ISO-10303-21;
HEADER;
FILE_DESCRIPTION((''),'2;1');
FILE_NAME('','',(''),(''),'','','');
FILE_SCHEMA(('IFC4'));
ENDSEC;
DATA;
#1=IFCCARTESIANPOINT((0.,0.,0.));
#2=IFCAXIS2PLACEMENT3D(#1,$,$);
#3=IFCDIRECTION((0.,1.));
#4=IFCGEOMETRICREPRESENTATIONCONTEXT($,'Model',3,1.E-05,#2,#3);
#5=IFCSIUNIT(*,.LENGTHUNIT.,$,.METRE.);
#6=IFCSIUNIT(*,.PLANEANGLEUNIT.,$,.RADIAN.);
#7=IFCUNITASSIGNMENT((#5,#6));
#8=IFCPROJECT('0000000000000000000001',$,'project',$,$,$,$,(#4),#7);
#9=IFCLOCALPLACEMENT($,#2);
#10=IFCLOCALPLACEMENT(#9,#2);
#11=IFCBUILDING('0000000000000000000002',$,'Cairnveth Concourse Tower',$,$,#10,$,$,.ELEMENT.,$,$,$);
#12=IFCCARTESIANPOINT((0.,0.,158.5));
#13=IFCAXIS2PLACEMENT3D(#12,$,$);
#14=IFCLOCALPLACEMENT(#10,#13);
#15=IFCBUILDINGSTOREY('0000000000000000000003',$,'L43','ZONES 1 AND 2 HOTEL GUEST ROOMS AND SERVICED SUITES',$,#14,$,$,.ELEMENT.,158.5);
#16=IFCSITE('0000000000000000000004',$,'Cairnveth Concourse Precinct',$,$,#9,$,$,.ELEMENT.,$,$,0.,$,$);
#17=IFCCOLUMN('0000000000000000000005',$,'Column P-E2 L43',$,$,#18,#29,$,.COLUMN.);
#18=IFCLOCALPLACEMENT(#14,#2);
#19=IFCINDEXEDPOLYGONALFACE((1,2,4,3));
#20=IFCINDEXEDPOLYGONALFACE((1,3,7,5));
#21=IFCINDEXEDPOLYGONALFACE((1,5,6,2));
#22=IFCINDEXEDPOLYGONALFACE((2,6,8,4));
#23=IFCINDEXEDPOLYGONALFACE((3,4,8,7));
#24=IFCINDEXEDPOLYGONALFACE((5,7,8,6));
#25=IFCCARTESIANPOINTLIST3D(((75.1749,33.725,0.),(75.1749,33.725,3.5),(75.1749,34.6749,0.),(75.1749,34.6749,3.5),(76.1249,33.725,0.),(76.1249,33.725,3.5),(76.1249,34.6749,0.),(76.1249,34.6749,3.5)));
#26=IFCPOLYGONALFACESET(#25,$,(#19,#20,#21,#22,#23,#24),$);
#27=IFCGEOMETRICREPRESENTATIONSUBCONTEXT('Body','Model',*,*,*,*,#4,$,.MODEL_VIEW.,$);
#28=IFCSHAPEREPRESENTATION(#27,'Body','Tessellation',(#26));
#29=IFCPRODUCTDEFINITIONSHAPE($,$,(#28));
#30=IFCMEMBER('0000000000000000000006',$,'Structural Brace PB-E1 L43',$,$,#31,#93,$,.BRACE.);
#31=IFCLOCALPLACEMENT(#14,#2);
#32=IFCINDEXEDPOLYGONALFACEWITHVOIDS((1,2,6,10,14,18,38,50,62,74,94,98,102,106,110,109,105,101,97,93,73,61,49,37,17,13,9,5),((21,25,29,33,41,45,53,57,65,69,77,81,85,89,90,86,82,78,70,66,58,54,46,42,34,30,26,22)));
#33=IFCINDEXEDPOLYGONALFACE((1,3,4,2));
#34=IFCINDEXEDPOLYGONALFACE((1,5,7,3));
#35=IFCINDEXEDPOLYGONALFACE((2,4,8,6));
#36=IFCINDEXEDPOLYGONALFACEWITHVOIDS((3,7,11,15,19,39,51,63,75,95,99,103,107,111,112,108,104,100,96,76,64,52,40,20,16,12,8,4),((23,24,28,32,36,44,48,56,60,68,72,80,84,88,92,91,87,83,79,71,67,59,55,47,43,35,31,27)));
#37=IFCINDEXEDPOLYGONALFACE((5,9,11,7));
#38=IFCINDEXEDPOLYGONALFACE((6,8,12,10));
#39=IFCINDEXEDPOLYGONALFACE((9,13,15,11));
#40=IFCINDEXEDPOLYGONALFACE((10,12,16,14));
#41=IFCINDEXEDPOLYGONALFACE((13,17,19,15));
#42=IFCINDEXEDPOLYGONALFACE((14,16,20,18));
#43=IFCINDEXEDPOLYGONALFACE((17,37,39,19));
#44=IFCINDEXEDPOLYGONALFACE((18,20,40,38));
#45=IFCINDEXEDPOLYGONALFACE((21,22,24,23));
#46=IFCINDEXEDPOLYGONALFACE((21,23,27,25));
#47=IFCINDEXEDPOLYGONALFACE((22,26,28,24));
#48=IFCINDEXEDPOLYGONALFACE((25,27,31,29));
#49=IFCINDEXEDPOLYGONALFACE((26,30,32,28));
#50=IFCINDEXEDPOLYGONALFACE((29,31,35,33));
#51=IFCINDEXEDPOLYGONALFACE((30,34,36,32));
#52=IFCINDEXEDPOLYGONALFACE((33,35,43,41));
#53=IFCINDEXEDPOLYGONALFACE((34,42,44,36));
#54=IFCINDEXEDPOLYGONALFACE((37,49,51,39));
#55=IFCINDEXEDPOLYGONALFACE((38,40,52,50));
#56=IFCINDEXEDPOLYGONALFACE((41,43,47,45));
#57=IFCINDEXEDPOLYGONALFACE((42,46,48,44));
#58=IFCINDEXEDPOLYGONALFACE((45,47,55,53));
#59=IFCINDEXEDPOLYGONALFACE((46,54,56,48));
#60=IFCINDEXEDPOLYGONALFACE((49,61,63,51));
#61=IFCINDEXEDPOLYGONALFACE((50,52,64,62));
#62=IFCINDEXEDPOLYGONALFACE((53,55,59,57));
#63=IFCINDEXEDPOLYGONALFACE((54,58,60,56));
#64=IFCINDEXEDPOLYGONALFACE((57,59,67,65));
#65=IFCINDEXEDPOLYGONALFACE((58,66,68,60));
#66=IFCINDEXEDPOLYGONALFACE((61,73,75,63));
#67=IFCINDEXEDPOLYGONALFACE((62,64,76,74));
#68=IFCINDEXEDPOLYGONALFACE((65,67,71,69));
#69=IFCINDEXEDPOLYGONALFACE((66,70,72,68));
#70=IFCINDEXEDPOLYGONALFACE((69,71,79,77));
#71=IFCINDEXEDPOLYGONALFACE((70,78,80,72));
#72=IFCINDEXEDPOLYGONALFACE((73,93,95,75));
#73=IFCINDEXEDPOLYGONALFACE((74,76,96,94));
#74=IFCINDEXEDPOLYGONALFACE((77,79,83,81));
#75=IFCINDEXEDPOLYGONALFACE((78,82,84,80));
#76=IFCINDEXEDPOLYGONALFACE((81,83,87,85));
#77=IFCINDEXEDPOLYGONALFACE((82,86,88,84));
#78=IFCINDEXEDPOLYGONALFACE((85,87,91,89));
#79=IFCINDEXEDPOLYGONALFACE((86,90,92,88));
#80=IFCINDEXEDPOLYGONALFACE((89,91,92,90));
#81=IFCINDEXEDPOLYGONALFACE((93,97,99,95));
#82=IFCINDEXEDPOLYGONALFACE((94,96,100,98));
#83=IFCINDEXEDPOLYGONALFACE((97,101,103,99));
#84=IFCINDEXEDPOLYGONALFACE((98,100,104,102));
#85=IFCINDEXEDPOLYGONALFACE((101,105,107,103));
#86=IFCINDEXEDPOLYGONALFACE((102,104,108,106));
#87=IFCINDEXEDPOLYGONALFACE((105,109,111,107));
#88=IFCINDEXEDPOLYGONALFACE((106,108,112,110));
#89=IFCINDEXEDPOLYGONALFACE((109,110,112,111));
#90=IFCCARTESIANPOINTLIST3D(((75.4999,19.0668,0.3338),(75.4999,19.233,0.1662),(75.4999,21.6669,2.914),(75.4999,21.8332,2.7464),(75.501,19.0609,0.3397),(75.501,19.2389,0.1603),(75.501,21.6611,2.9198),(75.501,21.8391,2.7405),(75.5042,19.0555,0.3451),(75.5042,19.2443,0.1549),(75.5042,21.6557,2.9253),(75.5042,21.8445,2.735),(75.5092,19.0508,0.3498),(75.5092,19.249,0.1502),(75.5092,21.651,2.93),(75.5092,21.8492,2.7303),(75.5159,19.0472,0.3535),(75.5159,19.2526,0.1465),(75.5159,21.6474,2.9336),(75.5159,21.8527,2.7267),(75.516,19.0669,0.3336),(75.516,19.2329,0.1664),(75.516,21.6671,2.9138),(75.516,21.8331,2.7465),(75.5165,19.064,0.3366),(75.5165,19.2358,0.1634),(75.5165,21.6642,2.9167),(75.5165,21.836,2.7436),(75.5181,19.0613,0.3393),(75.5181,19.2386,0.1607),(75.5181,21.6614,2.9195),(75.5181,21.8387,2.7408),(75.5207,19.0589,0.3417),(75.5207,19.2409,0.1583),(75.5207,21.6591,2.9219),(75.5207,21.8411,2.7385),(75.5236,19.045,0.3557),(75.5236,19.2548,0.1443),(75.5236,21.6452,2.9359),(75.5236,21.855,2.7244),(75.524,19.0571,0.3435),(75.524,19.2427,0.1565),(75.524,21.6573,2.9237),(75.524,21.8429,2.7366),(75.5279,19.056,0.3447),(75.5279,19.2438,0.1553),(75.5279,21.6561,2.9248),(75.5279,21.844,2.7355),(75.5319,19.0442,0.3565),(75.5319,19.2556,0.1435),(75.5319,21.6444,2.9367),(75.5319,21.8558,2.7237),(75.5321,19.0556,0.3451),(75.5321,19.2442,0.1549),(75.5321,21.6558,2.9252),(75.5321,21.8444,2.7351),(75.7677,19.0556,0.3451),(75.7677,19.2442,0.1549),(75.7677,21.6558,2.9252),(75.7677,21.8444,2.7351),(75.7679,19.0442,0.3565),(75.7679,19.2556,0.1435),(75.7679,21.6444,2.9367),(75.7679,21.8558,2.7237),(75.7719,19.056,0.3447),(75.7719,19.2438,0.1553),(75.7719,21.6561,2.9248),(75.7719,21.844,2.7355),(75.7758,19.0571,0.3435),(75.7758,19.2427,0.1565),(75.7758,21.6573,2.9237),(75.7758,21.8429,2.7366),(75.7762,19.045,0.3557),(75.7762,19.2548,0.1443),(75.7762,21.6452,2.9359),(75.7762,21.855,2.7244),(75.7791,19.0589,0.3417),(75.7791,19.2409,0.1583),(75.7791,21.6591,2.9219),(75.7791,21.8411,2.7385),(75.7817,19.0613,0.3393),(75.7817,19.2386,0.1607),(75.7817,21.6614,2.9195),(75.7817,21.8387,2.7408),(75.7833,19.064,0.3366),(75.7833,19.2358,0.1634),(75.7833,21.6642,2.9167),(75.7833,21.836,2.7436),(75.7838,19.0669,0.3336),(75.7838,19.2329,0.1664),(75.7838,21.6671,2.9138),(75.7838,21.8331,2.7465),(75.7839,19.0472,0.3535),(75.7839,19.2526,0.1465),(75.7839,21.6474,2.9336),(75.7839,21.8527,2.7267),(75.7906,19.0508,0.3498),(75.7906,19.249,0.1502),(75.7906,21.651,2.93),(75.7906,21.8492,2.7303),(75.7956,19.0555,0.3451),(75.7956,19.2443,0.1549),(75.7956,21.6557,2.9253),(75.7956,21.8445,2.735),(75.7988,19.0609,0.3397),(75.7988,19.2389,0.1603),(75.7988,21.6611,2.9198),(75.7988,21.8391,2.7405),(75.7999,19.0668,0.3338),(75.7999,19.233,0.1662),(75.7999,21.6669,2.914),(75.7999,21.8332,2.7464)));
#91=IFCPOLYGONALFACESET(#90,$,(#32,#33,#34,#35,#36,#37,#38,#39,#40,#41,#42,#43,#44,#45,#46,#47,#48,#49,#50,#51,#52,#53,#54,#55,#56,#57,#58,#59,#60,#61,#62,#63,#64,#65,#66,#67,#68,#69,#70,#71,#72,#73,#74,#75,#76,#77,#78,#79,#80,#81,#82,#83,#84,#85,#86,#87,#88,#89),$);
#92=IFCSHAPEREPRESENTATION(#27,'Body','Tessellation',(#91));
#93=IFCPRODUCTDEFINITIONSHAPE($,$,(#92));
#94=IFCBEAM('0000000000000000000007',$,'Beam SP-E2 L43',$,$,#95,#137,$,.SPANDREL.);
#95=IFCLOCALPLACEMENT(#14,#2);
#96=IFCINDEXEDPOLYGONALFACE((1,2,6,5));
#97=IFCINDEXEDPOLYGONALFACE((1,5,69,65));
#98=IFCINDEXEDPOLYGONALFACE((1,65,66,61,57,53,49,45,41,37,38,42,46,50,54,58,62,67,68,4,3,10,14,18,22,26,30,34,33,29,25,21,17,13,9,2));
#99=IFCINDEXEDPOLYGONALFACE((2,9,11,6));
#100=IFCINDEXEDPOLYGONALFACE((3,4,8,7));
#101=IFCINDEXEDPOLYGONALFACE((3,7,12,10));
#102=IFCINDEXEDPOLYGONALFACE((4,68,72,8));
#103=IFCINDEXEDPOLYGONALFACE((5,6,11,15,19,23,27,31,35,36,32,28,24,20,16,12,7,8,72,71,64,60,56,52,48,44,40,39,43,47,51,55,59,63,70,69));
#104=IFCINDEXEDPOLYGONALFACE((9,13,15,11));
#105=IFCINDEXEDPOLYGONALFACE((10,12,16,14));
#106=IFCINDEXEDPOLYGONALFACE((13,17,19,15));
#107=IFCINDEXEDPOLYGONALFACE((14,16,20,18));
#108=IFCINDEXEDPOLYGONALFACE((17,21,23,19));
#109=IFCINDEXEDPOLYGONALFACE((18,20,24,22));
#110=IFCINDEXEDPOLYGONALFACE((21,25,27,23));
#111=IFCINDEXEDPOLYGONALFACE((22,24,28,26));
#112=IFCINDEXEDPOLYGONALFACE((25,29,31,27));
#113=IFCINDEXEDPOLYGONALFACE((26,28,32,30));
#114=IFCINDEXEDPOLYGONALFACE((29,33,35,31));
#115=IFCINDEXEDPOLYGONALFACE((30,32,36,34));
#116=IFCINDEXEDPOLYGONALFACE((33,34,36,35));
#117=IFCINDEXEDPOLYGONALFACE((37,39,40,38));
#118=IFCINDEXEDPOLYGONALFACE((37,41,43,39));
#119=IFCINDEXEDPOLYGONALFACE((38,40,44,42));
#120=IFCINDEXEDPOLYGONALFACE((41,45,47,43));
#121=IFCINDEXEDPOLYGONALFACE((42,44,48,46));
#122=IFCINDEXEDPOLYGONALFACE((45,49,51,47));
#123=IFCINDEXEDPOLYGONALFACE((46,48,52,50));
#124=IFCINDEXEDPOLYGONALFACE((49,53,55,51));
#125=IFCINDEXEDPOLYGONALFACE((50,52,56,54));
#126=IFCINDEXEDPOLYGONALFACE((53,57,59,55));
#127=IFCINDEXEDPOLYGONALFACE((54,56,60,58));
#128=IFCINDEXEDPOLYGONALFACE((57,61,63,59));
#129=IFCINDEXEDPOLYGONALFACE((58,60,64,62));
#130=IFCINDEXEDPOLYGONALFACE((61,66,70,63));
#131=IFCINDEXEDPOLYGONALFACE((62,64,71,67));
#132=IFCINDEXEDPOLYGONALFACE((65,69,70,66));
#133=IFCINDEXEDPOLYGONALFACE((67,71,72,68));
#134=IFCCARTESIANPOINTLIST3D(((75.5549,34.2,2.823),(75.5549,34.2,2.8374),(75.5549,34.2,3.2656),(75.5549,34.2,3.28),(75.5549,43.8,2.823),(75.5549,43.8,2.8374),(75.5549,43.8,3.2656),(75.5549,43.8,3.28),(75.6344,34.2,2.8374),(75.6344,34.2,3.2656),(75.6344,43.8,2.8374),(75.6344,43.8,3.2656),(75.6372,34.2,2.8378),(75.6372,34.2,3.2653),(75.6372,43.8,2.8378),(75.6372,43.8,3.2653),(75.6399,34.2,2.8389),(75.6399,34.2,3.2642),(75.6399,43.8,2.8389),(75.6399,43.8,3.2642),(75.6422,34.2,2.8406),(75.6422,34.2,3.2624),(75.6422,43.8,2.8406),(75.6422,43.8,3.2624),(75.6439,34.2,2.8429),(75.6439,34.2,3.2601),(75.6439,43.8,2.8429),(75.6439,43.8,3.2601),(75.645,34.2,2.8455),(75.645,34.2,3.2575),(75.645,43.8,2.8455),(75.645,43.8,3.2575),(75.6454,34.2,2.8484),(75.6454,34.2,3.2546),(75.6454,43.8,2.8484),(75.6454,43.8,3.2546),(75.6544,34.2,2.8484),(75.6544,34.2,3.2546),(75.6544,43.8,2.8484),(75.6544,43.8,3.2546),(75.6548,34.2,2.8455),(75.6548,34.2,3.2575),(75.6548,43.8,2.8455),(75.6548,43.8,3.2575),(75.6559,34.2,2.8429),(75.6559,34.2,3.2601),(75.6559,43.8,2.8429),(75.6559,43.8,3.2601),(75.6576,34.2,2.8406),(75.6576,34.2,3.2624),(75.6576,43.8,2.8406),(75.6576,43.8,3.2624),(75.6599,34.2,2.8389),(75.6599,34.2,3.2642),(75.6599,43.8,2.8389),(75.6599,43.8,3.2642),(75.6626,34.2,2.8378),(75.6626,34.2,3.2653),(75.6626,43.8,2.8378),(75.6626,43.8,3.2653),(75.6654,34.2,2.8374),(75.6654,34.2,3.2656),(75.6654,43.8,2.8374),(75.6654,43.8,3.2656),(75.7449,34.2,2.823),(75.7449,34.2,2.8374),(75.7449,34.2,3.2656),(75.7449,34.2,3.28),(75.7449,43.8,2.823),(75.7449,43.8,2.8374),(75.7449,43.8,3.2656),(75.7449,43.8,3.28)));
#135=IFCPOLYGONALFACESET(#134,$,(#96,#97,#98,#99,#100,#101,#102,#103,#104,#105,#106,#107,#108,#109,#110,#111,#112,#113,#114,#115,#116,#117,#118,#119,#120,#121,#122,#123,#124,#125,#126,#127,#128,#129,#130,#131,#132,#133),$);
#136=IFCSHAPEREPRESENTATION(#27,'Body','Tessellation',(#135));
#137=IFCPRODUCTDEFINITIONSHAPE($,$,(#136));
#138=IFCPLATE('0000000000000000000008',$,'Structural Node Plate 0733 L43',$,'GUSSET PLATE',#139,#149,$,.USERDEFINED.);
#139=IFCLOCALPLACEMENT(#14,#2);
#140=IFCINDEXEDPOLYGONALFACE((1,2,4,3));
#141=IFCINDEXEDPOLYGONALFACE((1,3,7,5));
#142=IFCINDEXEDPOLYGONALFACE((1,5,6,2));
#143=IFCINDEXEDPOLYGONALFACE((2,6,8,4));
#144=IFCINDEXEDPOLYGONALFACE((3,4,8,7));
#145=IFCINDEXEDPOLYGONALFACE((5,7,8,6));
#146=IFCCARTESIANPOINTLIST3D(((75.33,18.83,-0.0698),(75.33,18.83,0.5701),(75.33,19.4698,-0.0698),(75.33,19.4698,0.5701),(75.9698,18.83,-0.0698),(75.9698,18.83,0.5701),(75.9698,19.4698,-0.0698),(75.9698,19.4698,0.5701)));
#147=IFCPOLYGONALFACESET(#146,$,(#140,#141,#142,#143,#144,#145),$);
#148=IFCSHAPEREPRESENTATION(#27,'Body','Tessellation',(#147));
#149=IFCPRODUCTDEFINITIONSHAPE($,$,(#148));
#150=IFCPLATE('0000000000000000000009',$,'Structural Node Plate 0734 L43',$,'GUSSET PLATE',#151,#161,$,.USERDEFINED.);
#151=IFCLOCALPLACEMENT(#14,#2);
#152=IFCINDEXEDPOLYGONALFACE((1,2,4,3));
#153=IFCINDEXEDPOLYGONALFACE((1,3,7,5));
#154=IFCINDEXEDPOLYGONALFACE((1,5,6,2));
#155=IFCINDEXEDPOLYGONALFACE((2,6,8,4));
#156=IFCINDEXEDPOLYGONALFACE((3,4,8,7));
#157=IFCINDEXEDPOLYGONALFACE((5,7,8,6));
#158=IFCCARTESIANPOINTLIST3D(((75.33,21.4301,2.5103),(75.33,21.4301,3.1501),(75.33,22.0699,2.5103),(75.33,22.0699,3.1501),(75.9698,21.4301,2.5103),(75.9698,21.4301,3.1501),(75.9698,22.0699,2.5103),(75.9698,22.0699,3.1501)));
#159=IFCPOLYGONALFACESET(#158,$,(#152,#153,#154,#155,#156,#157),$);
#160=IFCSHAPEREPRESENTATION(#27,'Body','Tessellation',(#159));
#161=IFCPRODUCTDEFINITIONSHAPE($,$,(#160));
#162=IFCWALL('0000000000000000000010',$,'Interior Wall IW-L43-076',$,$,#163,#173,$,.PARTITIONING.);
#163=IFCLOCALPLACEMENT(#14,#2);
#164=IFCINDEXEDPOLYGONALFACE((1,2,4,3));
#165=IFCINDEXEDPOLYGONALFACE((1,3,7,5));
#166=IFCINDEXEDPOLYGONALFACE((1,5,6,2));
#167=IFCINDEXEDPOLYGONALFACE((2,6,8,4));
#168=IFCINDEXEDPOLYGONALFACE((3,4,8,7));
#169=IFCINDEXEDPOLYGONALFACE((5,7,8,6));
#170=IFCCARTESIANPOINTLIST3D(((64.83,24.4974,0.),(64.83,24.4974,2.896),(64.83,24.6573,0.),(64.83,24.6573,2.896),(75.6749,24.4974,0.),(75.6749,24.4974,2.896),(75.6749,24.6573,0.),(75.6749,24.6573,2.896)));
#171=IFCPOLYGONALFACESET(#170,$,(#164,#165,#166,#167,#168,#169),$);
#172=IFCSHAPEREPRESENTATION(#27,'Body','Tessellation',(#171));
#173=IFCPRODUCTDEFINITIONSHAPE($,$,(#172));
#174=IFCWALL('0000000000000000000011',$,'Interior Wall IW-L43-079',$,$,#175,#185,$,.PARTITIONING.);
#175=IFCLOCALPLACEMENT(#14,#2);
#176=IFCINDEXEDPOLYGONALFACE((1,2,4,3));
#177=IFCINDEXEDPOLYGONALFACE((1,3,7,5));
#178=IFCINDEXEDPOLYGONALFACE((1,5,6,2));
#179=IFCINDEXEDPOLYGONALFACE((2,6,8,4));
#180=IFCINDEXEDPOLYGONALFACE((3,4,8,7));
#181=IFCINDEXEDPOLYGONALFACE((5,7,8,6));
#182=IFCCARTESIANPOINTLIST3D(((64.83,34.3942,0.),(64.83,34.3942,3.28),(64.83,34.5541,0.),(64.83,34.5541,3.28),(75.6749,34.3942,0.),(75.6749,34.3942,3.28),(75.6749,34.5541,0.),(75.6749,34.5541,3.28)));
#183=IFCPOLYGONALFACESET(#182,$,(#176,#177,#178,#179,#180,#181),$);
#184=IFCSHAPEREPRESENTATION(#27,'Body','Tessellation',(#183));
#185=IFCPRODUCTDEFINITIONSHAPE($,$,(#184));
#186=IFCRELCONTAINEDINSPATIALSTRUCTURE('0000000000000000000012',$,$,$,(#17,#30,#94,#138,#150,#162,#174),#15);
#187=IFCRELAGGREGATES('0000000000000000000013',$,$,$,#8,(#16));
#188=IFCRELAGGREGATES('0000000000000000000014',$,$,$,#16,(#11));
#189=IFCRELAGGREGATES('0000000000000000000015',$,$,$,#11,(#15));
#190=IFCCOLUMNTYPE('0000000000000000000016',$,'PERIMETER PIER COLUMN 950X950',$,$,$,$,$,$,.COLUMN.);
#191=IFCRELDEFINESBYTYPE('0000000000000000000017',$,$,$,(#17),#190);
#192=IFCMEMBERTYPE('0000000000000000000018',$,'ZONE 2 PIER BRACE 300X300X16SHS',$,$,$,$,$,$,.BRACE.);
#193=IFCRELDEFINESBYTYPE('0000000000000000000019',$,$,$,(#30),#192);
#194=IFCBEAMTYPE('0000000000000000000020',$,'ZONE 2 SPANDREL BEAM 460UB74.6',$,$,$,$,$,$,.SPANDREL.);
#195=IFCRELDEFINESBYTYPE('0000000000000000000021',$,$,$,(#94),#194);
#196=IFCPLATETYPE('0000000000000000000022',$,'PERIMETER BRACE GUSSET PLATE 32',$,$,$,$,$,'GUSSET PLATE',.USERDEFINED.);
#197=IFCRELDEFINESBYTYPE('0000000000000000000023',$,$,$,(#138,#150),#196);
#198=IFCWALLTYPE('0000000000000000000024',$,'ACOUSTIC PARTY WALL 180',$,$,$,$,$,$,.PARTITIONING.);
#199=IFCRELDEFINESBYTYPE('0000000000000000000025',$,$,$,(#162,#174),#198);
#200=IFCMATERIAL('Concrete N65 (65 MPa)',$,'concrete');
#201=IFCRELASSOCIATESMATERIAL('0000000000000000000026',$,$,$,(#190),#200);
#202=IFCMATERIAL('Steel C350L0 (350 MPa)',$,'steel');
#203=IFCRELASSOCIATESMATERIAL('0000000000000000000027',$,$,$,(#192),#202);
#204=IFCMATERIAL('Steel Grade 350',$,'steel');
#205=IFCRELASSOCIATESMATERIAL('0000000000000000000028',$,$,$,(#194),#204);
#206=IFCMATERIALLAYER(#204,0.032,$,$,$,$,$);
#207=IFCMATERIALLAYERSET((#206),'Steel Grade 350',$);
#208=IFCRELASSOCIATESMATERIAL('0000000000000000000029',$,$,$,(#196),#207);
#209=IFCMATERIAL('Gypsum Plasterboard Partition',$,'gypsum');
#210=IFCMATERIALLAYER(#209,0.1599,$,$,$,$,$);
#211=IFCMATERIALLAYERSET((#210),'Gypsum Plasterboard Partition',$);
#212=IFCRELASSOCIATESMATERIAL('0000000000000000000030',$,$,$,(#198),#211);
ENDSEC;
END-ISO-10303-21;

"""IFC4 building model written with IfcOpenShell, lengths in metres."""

from ifc_helpers import new_model, si_unit, direction, frame, frame_2d, origin, origin_2d, place, context, subcontext, project, spatial, rectangle, hollow_rectangle, i_section, extrude, material, layer, layer_set, material_profile, profile_set, type_object, element, save


model = new_model("IFC4")

# Units and contexts
model_context = context("Model", 3, precision=1e-05, world=origin(), true_north=direction((0.0, 1.0)))
body_context = subcontext(model_context, "Body", "Model", "MODEL_VIEW")
ifc_project = project(units=[si_unit("LENGTHUNIT", "METRE"), si_unit("PLANEANGLEUNIT", "RADIAN")], contexts=[model_context])

# Site, building, storey
site_placement = place(None, origin())
site = spatial("IfcSite", under=ifc_project, at=site_placement, Name="Cairnveth Concourse Precinct", CompositionType="ELEMENT", RefElevation=0.0)
building_placement = place(site_placement, origin())
building = spatial("IfcBuilding", under=site, at=building_placement, Name="Cairnveth Concourse Tower", CompositionType="ELEMENT")
storey_placement = place(building_placement, frame((0.0, 0.0, 158.5)))
storey = spatial("IfcBuildingStorey", under=building, at=storey_placement, Name="L43", Description="ZONES 1 AND 2 HOTEL GUEST ROOMS AND SERVICED SUITES", CompositionType="ELEMENT", Elevation=158.5)

# Column
ifc_material_1 = material(Name="Concrete N65 (65 MPa)", Category="concrete")
ifc_material_profile_1 = material_profile(ifc_material_1, rectangle(XDim=0.95, YDim=0.95, at=origin_2d()), Name="RC-COL-950x950")
ifc_profile_set_1 = profile_set([ifc_material_profile_1], Name="Concrete N65 (65 MPa)")
column_type = type_object("IfcColumnType", Name="PERIMETER PIER COLUMN 950X950", PredefinedType="COLUMN", material=ifc_profile_set_1)
column_placement = place(storey_placement, frame((75.6499, 34.2, 0.0), z_axis=(0.0, 0.0, 1.0), x_axis=(0.0, 1.0, 0.0)))
element("IfcColumn", 1, at=column_placement, inside=storey, type_object=column_type, Name="Column P-E2 L43", PredefinedType="COLUMN", context=body_context, shape_type="SweptSolid", body=[
    extrude(rectangle(XDim=0.95, YDim=0.95, at=origin_2d()), origin(), (0.0, 0.0, 1.0), 3.5),
])

# Member
ifc_material_2 = material(Name="Steel C350L0 (350 MPa)", Category="steel")
ifc_material_profile_2 = material_profile(ifc_material_2, hollow_rectangle(XDim=0.3, YDim=0.3, WallThickness=0.0161, InnerFilletRadius=0.0161, OuterFilletRadius=0.032, at=origin_2d()), Name="300x300x16.0SHS")
ifc_profile_set_2 = profile_set([ifc_material_profile_2], Name="Steel C350L0 (350 MPa)")
member_type = type_object("IfcMemberType", Name="ZONE 2 PIER BRACE 300X300X16SHS", PredefinedType="BRACE", material=ifc_profile_set_2)
member_placement = place(storey_placement, frame((75.6499, 19.1499, 0.25), z_axis=(0.0, 0.709834, 0.704369), x_axis=(-1.0, 0.0, 0.0)))
element("IfcMember", 2, at=member_placement, inside=storey, type_object=member_type, Name="Structural Brace PB-E1 L43", PredefinedType="BRACE", context=body_context, shape_type="SweptSolid", body=[
    extrude(hollow_rectangle(XDim=0.3, YDim=0.3, WallThickness=0.0161, InnerFilletRadius=0.0161, OuterFilletRadius=0.032, at=origin_2d()), origin(), (0.0, 0.0, 1.0), 3.6631),
])

# Beam
ifc_material_3 = material(Name="Steel Grade 350", Category="steel")
ifc_material_profile_3 = material_profile(ifc_material_3, i_section(OverallWidth=0.1899, OverallDepth=0.457, WebThickness=0.009, FlangeThickness=0.0144, FilletRadius=0.011, at=origin_2d()), Name="460UB74.6")
ifc_profile_set_3 = profile_set([ifc_material_profile_3], Name="Steel Grade 350")
beam_type = type_object("IfcBeamType", Name="ZONE 2 SPANDREL BEAM 460UB74.6", PredefinedType="SPANDREL", material=ifc_profile_set_3)
beam_placement = place(storey_placement, frame((75.6499, 34.2, 3.0515), z_axis=(0.0, 1.0, 0.0), x_axis=(-1.0, 0.0, 0.0)))
element("IfcBeam", 3, at=beam_placement, inside=storey, type_object=beam_type, Name="Beam SP-E2 L43", PredefinedType="SPANDREL", context=body_context, shape_type="SweptSolid", body=[
    extrude(i_section(OverallWidth=0.1899, OverallDepth=0.457, WebThickness=0.009, FlangeThickness=0.0144, FilletRadius=0.011, at=origin_2d()), origin(), (0.0, 0.0, 1.0), 9.6001),
])

# Plates
ifc_layer_1 = layer(ifc_material_3, 0.032)
ifc_layer_set_1 = layer_set([ifc_layer_1], Name="Steel Grade 350")
plate_type = type_object("IfcPlateType", Name="PERIMETER BRACE GUSSET PLATE 32", ElementType="GUSSET PLATE", PredefinedType="USERDEFINED", material=ifc_layer_set_1)
for number, where, z_axis, x_axis, name in (
    (4, (75.6499, 19.1499, -0.0698), (0.0, 0.0, 1.0), (1.0, 0.0, 0.0), "Structural Node Plate 0733 L43"),
    (5, (75.6499, 21.75, 2.5103), (0.0, 0.0, 1.0), (1.0, 0.0, 0.0), "Structural Node Plate 0734 L43"),
):
    element("IfcPlate", number, at=place(storey_placement, frame(where, z_axis=z_axis, x_axis=x_axis)), inside=storey, type_object=plate_type, Name=name, ObjectType="GUSSET PLATE", PredefinedType="USERDEFINED", context=body_context, shape_type="SweptSolid", body=[
        extrude(rectangle(XDim=0.6399, YDim=0.6399, at=origin_2d()), origin(), (0.0, 0.0, 1.0), 0.6399),
    ])

# Walls
ifc_material_4 = material(Name="Gypsum Plasterboard Partition", Category="gypsum")
ifc_layer_2 = layer(ifc_material_4, 0.1599)
ifc_layer_set_2 = layer_set([ifc_layer_2], Name="Gypsum Plasterboard Partition")
wall_type_1 = type_object("IfcWallType", Name="ACOUSTIC PARTY WALL 180", PredefinedType="PARTITIONING", material=ifc_layer_set_2)
wall_1_placement = place(storey_placement, frame((64.8301, 24.5774, 0.0), z_axis=(0.0, 0.0, 1.0), x_axis=(1.0, 0.0, 0.0)))
element("IfcWall", 6, at=wall_1_placement, inside=storey, type_object=wall_type_1, Name="Interior Wall IW-L43-076", PredefinedType="PARTITIONING", context=body_context, shape_type="SweptSolid", body=[
    extrude(rectangle(XDim=10.845, YDim=0.1599, at=frame_2d((5.4224, 0.0))), origin(), (0.0, 0.0, 1.0), 2.896),
])
wall_2_placement = place(storey_placement, frame((64.8301, 34.4741, 0.0), z_axis=(0.0, 0.0, 1.0), x_axis=(1.0, 0.0, 0.0)))
element("IfcWall", 7, at=wall_2_placement, inside=storey, type_object=wall_type_1, Name="Interior Wall IW-L43-079", PredefinedType="PARTITIONING", context=body_context, shape_type="SweptSolid", body=[
    extrude(rectangle(XDim=10.845, YDim=0.1599, at=frame_2d((5.4224, 0.0))), origin(), (0.0, 0.0, 1.0), 3.28),
])

save(model, "model.ifc")
